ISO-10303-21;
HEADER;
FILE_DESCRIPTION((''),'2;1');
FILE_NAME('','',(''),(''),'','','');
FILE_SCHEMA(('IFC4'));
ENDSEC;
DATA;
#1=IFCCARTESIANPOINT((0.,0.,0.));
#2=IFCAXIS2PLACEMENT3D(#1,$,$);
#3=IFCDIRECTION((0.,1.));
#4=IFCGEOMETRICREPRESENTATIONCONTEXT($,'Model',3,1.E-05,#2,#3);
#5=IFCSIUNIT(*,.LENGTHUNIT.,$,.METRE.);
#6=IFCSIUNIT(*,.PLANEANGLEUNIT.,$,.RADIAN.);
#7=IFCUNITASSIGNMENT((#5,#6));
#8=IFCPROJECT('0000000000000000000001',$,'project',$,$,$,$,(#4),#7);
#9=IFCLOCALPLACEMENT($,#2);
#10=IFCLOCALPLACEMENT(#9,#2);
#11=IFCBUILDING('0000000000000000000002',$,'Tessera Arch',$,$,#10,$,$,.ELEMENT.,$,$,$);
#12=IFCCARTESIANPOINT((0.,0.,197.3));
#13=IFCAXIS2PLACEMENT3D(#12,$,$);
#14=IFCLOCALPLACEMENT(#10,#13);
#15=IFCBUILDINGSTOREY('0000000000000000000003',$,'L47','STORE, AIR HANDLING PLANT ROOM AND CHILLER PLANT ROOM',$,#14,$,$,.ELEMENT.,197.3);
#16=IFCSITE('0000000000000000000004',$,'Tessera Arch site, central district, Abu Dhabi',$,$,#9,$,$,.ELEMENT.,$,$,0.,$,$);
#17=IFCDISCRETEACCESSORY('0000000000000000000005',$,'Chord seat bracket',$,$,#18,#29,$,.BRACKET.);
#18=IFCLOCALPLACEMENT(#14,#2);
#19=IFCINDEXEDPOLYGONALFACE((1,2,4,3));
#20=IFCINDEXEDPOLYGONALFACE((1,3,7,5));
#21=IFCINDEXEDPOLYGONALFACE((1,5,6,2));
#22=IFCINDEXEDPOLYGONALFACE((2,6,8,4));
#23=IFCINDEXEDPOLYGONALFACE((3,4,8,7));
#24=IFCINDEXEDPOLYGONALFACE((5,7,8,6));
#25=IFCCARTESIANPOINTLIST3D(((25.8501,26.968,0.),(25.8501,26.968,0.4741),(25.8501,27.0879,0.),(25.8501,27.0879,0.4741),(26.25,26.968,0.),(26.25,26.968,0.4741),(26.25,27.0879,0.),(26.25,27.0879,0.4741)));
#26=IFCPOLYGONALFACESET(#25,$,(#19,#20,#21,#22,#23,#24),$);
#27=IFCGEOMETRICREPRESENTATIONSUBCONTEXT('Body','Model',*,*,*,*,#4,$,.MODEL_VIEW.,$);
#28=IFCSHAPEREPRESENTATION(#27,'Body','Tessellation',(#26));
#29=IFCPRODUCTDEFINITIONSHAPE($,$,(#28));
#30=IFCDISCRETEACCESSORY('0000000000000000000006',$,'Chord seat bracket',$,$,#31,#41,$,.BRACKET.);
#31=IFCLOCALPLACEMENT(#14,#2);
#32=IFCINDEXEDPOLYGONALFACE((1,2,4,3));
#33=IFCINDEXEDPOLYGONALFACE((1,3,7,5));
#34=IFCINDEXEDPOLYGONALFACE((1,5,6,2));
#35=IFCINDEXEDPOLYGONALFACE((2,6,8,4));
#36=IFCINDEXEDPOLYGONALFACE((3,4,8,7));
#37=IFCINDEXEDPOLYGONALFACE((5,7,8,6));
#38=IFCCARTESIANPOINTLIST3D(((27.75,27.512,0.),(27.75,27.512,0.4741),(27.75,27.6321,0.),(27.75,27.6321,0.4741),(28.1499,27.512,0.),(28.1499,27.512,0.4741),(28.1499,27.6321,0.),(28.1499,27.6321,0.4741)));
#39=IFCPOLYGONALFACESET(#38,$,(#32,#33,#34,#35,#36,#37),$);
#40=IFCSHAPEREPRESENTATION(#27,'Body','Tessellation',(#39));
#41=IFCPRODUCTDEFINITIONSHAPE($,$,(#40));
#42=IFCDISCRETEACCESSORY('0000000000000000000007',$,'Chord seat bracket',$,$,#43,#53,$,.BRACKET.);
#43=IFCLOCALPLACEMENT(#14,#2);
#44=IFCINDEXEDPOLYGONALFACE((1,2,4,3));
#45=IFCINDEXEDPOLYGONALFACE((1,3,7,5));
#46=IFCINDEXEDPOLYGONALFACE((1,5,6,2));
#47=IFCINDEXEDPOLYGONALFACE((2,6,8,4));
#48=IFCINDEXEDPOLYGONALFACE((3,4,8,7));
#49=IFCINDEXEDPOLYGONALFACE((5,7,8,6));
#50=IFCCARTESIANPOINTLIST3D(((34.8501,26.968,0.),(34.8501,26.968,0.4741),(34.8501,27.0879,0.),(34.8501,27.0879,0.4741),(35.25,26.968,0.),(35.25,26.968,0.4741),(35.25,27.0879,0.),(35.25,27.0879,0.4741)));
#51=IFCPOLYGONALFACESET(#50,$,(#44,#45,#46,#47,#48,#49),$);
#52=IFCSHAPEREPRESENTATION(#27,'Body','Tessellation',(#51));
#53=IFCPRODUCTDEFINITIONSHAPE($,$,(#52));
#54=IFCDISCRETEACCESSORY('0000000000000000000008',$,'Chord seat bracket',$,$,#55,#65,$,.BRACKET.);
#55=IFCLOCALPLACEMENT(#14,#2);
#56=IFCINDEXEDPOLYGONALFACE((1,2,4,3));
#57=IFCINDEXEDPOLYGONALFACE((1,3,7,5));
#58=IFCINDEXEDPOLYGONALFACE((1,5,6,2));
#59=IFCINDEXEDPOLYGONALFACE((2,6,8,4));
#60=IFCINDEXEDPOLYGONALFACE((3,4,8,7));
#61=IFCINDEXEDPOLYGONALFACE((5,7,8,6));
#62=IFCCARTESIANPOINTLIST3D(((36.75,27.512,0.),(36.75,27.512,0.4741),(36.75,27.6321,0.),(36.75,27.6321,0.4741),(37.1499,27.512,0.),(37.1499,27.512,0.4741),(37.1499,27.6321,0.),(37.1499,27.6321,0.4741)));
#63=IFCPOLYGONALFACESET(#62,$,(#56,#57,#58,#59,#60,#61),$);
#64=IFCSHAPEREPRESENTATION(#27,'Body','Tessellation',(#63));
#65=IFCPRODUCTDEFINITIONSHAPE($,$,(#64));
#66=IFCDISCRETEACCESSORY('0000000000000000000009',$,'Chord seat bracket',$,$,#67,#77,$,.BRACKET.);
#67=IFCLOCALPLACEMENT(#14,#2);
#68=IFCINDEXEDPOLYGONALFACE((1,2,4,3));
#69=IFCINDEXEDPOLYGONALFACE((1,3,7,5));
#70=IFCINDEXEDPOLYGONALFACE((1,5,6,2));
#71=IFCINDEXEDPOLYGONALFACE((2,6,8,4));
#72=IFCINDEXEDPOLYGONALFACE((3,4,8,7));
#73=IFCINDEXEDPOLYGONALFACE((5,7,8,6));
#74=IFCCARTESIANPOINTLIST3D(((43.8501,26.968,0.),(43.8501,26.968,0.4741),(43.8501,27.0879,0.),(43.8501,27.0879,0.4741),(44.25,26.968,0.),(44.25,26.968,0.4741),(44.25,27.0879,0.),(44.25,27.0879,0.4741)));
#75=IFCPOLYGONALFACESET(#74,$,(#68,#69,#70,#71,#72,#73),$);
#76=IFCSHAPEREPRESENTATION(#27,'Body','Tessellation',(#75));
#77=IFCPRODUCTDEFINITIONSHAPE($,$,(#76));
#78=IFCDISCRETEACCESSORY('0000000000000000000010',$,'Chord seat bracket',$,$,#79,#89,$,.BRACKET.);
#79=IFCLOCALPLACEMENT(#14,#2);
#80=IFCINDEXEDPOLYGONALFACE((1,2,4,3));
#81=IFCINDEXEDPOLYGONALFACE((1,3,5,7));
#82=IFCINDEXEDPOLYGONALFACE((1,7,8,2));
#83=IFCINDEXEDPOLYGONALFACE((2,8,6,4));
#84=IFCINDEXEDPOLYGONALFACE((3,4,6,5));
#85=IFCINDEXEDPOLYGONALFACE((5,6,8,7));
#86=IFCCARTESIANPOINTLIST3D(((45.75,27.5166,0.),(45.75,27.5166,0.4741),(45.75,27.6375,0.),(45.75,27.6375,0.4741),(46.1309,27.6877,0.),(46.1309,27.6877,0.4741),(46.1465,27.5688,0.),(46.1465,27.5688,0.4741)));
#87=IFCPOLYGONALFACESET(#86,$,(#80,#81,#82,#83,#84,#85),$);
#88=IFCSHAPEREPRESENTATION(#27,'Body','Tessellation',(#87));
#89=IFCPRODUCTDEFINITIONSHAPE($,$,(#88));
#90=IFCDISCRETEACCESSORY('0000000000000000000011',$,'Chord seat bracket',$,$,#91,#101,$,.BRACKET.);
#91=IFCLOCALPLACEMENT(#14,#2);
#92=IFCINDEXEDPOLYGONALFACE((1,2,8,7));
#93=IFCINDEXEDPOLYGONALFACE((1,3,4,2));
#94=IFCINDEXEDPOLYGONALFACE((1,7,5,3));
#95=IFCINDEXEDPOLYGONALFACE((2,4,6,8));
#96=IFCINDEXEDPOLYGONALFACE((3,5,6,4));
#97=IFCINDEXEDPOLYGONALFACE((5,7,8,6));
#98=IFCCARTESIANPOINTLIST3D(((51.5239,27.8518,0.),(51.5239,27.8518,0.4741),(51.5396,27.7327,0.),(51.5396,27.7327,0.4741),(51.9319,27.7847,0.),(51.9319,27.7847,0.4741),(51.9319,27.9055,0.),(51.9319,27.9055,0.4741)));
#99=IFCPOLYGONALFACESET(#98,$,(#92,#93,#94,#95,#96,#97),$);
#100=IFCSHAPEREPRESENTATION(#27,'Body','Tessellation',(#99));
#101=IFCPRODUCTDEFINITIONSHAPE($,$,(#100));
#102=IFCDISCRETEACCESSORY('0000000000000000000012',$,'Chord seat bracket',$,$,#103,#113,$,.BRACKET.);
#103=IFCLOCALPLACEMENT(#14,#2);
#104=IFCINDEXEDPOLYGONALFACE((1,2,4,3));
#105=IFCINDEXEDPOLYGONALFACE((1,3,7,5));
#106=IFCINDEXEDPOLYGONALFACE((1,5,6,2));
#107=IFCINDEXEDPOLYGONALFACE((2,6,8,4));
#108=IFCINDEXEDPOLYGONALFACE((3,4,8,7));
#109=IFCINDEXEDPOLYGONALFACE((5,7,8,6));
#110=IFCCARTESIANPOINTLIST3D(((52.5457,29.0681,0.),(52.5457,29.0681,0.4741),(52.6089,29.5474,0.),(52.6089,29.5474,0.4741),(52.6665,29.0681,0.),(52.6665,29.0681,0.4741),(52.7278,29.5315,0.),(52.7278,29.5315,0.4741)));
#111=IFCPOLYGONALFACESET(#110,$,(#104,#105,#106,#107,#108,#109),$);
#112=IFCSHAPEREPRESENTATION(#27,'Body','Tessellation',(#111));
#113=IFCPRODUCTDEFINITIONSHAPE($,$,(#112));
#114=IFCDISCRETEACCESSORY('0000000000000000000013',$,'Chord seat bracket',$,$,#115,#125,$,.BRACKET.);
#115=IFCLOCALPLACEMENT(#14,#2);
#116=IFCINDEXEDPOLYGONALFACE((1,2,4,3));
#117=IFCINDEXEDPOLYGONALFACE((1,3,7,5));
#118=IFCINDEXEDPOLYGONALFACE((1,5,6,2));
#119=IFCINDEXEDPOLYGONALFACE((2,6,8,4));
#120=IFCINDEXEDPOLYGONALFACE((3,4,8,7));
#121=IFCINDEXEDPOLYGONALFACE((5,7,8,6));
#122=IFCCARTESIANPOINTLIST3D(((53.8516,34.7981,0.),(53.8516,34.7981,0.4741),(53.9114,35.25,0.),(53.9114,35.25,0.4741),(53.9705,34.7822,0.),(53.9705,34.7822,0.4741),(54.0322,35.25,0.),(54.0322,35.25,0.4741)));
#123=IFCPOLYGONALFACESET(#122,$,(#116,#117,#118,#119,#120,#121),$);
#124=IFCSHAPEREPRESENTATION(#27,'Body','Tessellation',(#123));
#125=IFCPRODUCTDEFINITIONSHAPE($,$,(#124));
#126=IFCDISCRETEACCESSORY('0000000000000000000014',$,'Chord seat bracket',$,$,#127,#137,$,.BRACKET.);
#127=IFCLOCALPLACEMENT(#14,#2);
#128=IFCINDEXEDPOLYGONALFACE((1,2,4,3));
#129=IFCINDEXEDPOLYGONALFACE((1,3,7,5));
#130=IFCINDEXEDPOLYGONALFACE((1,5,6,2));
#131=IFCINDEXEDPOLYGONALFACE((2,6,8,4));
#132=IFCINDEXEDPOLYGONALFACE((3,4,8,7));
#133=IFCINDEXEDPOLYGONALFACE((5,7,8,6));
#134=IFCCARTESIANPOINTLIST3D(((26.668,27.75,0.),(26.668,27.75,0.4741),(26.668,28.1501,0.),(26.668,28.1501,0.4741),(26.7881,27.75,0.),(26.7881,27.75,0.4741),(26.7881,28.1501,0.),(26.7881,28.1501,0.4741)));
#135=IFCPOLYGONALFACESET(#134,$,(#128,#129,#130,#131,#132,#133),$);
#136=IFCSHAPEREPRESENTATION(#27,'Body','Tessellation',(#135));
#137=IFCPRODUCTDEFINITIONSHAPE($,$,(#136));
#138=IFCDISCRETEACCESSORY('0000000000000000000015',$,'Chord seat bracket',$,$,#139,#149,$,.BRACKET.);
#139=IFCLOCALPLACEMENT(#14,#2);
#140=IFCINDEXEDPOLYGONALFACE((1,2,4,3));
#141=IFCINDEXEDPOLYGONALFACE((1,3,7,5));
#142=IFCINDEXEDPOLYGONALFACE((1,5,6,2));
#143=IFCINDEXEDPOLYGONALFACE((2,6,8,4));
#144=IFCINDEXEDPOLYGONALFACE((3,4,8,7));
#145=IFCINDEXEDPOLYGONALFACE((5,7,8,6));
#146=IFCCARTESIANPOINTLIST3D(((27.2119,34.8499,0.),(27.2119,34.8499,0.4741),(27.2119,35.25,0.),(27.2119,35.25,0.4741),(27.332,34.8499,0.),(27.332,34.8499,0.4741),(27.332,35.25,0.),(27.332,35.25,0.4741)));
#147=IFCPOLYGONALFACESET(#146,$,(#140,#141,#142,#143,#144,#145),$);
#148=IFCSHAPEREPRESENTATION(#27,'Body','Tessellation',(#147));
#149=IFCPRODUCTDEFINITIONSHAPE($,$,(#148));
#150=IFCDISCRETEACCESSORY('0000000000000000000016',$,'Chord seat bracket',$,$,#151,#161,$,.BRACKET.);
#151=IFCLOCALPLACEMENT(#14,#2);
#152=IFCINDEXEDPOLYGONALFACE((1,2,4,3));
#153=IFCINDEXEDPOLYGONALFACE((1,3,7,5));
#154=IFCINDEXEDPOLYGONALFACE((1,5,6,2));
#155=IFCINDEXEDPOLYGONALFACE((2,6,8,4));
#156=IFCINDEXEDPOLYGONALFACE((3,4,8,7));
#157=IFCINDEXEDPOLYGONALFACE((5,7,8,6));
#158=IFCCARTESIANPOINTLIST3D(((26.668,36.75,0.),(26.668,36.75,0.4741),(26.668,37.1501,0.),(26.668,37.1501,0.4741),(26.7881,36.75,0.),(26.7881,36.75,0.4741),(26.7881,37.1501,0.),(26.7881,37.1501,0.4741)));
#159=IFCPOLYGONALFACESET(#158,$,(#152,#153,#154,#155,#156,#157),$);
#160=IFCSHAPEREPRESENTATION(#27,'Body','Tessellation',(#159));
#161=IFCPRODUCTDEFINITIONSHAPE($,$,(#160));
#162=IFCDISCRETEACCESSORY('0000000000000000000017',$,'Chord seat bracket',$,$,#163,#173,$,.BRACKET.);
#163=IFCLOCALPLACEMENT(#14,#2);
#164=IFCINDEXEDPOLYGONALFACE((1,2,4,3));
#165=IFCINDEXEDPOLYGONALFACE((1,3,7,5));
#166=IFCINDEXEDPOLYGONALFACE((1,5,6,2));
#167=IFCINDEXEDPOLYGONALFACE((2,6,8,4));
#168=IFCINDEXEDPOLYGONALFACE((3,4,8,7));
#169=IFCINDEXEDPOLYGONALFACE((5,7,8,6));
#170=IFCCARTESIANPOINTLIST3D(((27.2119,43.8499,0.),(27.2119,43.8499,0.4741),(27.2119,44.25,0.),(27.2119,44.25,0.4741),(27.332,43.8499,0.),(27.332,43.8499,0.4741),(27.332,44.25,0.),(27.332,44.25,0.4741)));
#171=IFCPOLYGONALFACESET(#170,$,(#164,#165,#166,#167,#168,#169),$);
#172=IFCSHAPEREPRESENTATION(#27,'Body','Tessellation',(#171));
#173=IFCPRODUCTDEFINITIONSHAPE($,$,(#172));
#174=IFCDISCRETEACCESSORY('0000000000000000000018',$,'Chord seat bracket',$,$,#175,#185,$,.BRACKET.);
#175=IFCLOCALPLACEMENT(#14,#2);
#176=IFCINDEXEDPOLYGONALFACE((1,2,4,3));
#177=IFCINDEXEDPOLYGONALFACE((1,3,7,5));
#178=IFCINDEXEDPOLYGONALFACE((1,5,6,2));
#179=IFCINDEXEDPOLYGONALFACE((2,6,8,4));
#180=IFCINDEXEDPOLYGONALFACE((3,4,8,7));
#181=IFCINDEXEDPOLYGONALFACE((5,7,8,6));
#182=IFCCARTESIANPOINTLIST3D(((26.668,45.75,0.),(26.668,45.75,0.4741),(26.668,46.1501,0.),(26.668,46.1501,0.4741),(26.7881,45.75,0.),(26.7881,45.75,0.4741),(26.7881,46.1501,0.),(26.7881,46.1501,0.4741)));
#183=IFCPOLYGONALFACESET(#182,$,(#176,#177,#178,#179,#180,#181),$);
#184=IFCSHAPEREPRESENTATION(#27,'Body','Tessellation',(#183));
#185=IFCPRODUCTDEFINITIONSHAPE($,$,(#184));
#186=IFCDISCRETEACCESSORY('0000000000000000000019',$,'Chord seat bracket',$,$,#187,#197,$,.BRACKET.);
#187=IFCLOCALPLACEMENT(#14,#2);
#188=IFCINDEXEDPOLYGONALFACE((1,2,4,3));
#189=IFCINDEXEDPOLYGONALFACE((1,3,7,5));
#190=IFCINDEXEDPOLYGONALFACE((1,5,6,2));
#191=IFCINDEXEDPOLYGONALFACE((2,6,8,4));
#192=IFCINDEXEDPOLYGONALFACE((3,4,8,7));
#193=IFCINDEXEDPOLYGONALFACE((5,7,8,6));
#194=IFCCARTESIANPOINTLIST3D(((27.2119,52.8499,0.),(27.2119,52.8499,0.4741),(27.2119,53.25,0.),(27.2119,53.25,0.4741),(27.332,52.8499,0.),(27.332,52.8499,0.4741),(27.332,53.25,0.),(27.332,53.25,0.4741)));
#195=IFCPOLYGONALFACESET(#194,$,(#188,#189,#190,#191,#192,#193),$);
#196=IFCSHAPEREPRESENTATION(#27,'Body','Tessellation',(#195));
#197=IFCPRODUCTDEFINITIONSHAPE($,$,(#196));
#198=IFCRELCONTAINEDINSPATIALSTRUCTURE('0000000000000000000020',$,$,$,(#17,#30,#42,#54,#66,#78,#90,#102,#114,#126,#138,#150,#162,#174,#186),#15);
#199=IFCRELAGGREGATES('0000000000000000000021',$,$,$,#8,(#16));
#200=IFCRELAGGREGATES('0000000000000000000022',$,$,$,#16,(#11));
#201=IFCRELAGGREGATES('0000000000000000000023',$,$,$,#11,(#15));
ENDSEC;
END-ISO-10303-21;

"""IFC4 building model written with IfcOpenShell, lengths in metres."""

from ifc_helpers import new_model, si_unit, direction, frame, origin, place, context, subcontext, project, spatial, polyline, outline, extrude, element, save


model = new_model("IFC4")

# Units and contexts
model_context = context("Model", 3, precision=1e-05, world=origin(), true_north=direction((0.0, 1.0)))
body_context = subcontext(model_context, "Body", "Model", "MODEL_VIEW")
ifc_project = project(units=[si_unit("LENGTHUNIT", "METRE"), si_unit("PLANEANGLEUNIT", "RADIAN")], contexts=[model_context])

# Site, building, storey
site_placement = place(None, origin())
site = spatial("IfcSite", under=ifc_project, at=site_placement, Name="Tessera Arch site, central district, Abu Dhabi", CompositionType="ELEMENT", RefElevation=0.0)
building_placement = place(site_placement, origin())
building = spatial("IfcBuilding", under=site, at=building_placement, Name="Tessera Arch", CompositionType="ELEMENT")
storey_placement = place(building_placement, frame((0.0, 0.0, 197.3)))
storey = spatial("IfcBuildingStorey", under=building, at=storey_placement, Name="L47", Description="STORE, AIR HANDLING PLANT ROOM AND CHILLER PLANT ROOM", CompositionType="ELEMENT", Elevation=197.3)

# Discrete accessories
discrete_accessory_1_placement = place(storey_placement, origin())
element("IfcDiscreteAccessory", 1, at=discrete_accessory_1_placement, inside=storey, Name="Chord seat bracket", PredefinedType="BRACKET", context=body_context, shape_type="SweptSolid", body=[
    extrude(outline(polyline([(25.8501, 27.0879), (26.25, 27.0879), (26.25, 26.968), (25.8501, 26.968), (25.8501, 27.0879)])), origin(), (0.0, 0.0, 1.0), 0.4741),
])
discrete_accessory_2_placement = place(storey_placement, origin())
element("IfcDiscreteAccessory", 2, at=discrete_accessory_2_placement, inside=storey, Name="Chord seat bracket", PredefinedType="BRACKET", context=body_context, shape_type="SweptSolid", body=[
    extrude(outline(polyline([(28.1499, 27.512), (27.75, 27.512), (27.75, 27.6321), (28.1499, 27.6321), (28.1499, 27.512)])), origin(), (0.0, 0.0, 1.0), 0.4741),
])
discrete_accessory_3_placement = place(storey_placement, origin())
element("IfcDiscreteAccessory", 3, at=discrete_accessory_3_placement, inside=storey, Name="Chord seat bracket", PredefinedType="BRACKET", context=body_context, shape_type="SweptSolid", body=[
    extrude(outline(polyline([(34.8501, 27.0879), (35.25, 27.0879), (35.25, 26.968), (34.8501, 26.968), (34.8501, 27.0879)])), origin(), (0.0, 0.0, 1.0), 0.4741),
])
discrete_accessory_4_placement = place(storey_placement, origin())
element("IfcDiscreteAccessory", 4, at=discrete_accessory_4_placement, inside=storey, Name="Chord seat bracket", PredefinedType="BRACKET", context=body_context, shape_type="SweptSolid", body=[
    extrude(outline(polyline([(37.1499, 27.512), (36.75, 27.512), (36.75, 27.6321), (37.1499, 27.6321), (37.1499, 27.512)])), origin(), (0.0, 0.0, 1.0), 0.4741),
])
discrete_accessory_5_placement = place(storey_placement, origin())
element("IfcDiscreteAccessory", 5, at=discrete_accessory_5_placement, inside=storey, Name="Chord seat bracket", PredefinedType="BRACKET", context=body_context, shape_type="SweptSolid", body=[
    extrude(outline(polyline([(43.8501, 27.0879), (44.25, 27.0879), (44.25, 26.968), (43.8501, 26.968), (43.8501, 27.0879)])), origin(), (0.0, 0.0, 1.0), 0.4741),
])
discrete_accessory_6_placement = place(storey_placement, origin())
element("IfcDiscreteAccessory", 6, at=discrete_accessory_6_placement, inside=storey, Name="Chord seat bracket", PredefinedType="BRACKET", context=body_context, shape_type="SweptSolid", body=[
    extrude(outline(polyline([(46.1465, 27.5688), (45.75, 27.5166), (45.75, 27.6375), (46.1309, 27.6877), (46.1465, 27.5688)])), origin(), (0.0, 0.0, 1.0), 0.4741),
])
discrete_accessory_7_placement = place(storey_placement, origin())
element("IfcDiscreteAccessory", 7, at=discrete_accessory_7_placement, inside=storey, Name="Chord seat bracket", PredefinedType="BRACKET", context=body_context, shape_type="SweptSolid", body=[
    extrude(outline(polyline([(51.5239, 27.8518), (51.9319, 27.9055), (51.9319, 27.7847), (51.5396, 27.7327), (51.5239, 27.8518)])), origin(), (0.0, 0.0, 1.0), 0.4741),
])
discrete_accessory_8_placement = place(storey_placement, origin())
element("IfcDiscreteAccessory", 8, at=discrete_accessory_8_placement, inside=storey, Name="Chord seat bracket", PredefinedType="BRACKET", context=body_context, shape_type="SweptSolid", body=[
    extrude(outline(polyline([(52.7278, 29.5315), (52.6665, 29.0681), (52.5457, 29.0681), (52.6089, 29.5474), (52.7278, 29.5315)])), origin(), (0.0, 0.0, 1.0), 0.4741),
])
discrete_accessory_9_placement = place(storey_placement, origin())
element("IfcDiscreteAccessory", 9, at=discrete_accessory_9_placement, inside=storey, Name="Chord seat bracket", PredefinedType="BRACKET", context=body_context, shape_type="SweptSolid", body=[
    extrude(outline(polyline([(53.9114, 35.25), (54.0322, 35.25), (53.9705, 34.7822), (53.8516, 34.7981), (53.9114, 35.25)])), origin(), (0.0, 0.0, 1.0), 0.4741),
])
discrete_accessory_10_placement = place(storey_placement, origin())
element("IfcDiscreteAccessory", 10, at=discrete_accessory_10_placement, inside=storey, Name="Chord seat bracket", PredefinedType="BRACKET", context=body_context, shape_type="SweptSolid", body=[
    extrude(outline(polyline([(26.7881, 28.1501), (26.7881, 27.75), (26.668, 27.75), (26.668, 28.1501), (26.7881, 28.1501)])), origin(), (0.0, 0.0, 1.0), 0.4741),
])
discrete_accessory_11_placement = place(storey_placement, origin())
element("IfcDiscreteAccessory", 11, at=discrete_accessory_11_placement, inside=storey, Name="Chord seat bracket", PredefinedType="BRACKET", context=body_context, shape_type="SweptSolid", body=[
    extrude(outline(polyline([(27.2119, 35.25), (27.332, 35.25), (27.332, 34.8499), (27.2119, 34.8499), (27.2119, 35.25)])), origin(), (0.0, 0.0, 1.0), 0.4741),
])
discrete_accessory_12_placement = place(storey_placement, origin())
element("IfcDiscreteAccessory", 12, at=discrete_accessory_12_placement, inside=storey, Name="Chord seat bracket", PredefinedType="BRACKET", context=body_context, shape_type="SweptSolid", body=[
    extrude(outline(polyline([(26.7881, 36.75), (26.668, 36.75), (26.668, 37.1501), (26.7881, 37.1501), (26.7881, 36.75)])), origin(), (0.0, 0.0, 1.0), 0.4741),
])
discrete_accessory_13_placement = place(storey_placement, origin())
element("IfcDiscreteAccessory", 13, at=discrete_accessory_13_placement, inside=storey, Name="Chord seat bracket", PredefinedType="BRACKET", context=body_context, shape_type="SweptSolid", body=[
    extrude(outline(polyline([(27.2119, 43.8499), (27.2119, 44.25), (27.332, 44.25), (27.332, 43.8499), (27.2119, 43.8499)])), origin(), (0.0, 0.0, 1.0), 0.4741),
])
discrete_accessory_14_placement = place(storey_placement, origin())
element("IfcDiscreteAccessory", 14, at=discrete_accessory_14_placement, inside=storey, Name="Chord seat bracket", PredefinedType="BRACKET", context=body_context, shape_type="SweptSolid", body=[
    extrude(outline(polyline([(26.7881, 46.1501), (26.7881, 45.75), (26.668, 45.75), (26.668, 46.1501), (26.7881, 46.1501)])), origin(), (0.0, 0.0, 1.0), 0.4741),
])
discrete_accessory_15_placement = place(storey_placement, origin())
element("IfcDiscreteAccessory", 15, at=discrete_accessory_15_placement, inside=storey, Name="Chord seat bracket", PredefinedType="BRACKET", context=body_context, shape_type="SweptSolid", body=[
    extrude(outline(polyline([(27.2119, 52.8499), (27.2119, 53.25), (27.332, 53.25), (27.332, 52.8499), (27.2119, 52.8499)])), origin(), (0.0, 0.0, 1.0), 0.4741),
])

save(model, "model.ifc")
